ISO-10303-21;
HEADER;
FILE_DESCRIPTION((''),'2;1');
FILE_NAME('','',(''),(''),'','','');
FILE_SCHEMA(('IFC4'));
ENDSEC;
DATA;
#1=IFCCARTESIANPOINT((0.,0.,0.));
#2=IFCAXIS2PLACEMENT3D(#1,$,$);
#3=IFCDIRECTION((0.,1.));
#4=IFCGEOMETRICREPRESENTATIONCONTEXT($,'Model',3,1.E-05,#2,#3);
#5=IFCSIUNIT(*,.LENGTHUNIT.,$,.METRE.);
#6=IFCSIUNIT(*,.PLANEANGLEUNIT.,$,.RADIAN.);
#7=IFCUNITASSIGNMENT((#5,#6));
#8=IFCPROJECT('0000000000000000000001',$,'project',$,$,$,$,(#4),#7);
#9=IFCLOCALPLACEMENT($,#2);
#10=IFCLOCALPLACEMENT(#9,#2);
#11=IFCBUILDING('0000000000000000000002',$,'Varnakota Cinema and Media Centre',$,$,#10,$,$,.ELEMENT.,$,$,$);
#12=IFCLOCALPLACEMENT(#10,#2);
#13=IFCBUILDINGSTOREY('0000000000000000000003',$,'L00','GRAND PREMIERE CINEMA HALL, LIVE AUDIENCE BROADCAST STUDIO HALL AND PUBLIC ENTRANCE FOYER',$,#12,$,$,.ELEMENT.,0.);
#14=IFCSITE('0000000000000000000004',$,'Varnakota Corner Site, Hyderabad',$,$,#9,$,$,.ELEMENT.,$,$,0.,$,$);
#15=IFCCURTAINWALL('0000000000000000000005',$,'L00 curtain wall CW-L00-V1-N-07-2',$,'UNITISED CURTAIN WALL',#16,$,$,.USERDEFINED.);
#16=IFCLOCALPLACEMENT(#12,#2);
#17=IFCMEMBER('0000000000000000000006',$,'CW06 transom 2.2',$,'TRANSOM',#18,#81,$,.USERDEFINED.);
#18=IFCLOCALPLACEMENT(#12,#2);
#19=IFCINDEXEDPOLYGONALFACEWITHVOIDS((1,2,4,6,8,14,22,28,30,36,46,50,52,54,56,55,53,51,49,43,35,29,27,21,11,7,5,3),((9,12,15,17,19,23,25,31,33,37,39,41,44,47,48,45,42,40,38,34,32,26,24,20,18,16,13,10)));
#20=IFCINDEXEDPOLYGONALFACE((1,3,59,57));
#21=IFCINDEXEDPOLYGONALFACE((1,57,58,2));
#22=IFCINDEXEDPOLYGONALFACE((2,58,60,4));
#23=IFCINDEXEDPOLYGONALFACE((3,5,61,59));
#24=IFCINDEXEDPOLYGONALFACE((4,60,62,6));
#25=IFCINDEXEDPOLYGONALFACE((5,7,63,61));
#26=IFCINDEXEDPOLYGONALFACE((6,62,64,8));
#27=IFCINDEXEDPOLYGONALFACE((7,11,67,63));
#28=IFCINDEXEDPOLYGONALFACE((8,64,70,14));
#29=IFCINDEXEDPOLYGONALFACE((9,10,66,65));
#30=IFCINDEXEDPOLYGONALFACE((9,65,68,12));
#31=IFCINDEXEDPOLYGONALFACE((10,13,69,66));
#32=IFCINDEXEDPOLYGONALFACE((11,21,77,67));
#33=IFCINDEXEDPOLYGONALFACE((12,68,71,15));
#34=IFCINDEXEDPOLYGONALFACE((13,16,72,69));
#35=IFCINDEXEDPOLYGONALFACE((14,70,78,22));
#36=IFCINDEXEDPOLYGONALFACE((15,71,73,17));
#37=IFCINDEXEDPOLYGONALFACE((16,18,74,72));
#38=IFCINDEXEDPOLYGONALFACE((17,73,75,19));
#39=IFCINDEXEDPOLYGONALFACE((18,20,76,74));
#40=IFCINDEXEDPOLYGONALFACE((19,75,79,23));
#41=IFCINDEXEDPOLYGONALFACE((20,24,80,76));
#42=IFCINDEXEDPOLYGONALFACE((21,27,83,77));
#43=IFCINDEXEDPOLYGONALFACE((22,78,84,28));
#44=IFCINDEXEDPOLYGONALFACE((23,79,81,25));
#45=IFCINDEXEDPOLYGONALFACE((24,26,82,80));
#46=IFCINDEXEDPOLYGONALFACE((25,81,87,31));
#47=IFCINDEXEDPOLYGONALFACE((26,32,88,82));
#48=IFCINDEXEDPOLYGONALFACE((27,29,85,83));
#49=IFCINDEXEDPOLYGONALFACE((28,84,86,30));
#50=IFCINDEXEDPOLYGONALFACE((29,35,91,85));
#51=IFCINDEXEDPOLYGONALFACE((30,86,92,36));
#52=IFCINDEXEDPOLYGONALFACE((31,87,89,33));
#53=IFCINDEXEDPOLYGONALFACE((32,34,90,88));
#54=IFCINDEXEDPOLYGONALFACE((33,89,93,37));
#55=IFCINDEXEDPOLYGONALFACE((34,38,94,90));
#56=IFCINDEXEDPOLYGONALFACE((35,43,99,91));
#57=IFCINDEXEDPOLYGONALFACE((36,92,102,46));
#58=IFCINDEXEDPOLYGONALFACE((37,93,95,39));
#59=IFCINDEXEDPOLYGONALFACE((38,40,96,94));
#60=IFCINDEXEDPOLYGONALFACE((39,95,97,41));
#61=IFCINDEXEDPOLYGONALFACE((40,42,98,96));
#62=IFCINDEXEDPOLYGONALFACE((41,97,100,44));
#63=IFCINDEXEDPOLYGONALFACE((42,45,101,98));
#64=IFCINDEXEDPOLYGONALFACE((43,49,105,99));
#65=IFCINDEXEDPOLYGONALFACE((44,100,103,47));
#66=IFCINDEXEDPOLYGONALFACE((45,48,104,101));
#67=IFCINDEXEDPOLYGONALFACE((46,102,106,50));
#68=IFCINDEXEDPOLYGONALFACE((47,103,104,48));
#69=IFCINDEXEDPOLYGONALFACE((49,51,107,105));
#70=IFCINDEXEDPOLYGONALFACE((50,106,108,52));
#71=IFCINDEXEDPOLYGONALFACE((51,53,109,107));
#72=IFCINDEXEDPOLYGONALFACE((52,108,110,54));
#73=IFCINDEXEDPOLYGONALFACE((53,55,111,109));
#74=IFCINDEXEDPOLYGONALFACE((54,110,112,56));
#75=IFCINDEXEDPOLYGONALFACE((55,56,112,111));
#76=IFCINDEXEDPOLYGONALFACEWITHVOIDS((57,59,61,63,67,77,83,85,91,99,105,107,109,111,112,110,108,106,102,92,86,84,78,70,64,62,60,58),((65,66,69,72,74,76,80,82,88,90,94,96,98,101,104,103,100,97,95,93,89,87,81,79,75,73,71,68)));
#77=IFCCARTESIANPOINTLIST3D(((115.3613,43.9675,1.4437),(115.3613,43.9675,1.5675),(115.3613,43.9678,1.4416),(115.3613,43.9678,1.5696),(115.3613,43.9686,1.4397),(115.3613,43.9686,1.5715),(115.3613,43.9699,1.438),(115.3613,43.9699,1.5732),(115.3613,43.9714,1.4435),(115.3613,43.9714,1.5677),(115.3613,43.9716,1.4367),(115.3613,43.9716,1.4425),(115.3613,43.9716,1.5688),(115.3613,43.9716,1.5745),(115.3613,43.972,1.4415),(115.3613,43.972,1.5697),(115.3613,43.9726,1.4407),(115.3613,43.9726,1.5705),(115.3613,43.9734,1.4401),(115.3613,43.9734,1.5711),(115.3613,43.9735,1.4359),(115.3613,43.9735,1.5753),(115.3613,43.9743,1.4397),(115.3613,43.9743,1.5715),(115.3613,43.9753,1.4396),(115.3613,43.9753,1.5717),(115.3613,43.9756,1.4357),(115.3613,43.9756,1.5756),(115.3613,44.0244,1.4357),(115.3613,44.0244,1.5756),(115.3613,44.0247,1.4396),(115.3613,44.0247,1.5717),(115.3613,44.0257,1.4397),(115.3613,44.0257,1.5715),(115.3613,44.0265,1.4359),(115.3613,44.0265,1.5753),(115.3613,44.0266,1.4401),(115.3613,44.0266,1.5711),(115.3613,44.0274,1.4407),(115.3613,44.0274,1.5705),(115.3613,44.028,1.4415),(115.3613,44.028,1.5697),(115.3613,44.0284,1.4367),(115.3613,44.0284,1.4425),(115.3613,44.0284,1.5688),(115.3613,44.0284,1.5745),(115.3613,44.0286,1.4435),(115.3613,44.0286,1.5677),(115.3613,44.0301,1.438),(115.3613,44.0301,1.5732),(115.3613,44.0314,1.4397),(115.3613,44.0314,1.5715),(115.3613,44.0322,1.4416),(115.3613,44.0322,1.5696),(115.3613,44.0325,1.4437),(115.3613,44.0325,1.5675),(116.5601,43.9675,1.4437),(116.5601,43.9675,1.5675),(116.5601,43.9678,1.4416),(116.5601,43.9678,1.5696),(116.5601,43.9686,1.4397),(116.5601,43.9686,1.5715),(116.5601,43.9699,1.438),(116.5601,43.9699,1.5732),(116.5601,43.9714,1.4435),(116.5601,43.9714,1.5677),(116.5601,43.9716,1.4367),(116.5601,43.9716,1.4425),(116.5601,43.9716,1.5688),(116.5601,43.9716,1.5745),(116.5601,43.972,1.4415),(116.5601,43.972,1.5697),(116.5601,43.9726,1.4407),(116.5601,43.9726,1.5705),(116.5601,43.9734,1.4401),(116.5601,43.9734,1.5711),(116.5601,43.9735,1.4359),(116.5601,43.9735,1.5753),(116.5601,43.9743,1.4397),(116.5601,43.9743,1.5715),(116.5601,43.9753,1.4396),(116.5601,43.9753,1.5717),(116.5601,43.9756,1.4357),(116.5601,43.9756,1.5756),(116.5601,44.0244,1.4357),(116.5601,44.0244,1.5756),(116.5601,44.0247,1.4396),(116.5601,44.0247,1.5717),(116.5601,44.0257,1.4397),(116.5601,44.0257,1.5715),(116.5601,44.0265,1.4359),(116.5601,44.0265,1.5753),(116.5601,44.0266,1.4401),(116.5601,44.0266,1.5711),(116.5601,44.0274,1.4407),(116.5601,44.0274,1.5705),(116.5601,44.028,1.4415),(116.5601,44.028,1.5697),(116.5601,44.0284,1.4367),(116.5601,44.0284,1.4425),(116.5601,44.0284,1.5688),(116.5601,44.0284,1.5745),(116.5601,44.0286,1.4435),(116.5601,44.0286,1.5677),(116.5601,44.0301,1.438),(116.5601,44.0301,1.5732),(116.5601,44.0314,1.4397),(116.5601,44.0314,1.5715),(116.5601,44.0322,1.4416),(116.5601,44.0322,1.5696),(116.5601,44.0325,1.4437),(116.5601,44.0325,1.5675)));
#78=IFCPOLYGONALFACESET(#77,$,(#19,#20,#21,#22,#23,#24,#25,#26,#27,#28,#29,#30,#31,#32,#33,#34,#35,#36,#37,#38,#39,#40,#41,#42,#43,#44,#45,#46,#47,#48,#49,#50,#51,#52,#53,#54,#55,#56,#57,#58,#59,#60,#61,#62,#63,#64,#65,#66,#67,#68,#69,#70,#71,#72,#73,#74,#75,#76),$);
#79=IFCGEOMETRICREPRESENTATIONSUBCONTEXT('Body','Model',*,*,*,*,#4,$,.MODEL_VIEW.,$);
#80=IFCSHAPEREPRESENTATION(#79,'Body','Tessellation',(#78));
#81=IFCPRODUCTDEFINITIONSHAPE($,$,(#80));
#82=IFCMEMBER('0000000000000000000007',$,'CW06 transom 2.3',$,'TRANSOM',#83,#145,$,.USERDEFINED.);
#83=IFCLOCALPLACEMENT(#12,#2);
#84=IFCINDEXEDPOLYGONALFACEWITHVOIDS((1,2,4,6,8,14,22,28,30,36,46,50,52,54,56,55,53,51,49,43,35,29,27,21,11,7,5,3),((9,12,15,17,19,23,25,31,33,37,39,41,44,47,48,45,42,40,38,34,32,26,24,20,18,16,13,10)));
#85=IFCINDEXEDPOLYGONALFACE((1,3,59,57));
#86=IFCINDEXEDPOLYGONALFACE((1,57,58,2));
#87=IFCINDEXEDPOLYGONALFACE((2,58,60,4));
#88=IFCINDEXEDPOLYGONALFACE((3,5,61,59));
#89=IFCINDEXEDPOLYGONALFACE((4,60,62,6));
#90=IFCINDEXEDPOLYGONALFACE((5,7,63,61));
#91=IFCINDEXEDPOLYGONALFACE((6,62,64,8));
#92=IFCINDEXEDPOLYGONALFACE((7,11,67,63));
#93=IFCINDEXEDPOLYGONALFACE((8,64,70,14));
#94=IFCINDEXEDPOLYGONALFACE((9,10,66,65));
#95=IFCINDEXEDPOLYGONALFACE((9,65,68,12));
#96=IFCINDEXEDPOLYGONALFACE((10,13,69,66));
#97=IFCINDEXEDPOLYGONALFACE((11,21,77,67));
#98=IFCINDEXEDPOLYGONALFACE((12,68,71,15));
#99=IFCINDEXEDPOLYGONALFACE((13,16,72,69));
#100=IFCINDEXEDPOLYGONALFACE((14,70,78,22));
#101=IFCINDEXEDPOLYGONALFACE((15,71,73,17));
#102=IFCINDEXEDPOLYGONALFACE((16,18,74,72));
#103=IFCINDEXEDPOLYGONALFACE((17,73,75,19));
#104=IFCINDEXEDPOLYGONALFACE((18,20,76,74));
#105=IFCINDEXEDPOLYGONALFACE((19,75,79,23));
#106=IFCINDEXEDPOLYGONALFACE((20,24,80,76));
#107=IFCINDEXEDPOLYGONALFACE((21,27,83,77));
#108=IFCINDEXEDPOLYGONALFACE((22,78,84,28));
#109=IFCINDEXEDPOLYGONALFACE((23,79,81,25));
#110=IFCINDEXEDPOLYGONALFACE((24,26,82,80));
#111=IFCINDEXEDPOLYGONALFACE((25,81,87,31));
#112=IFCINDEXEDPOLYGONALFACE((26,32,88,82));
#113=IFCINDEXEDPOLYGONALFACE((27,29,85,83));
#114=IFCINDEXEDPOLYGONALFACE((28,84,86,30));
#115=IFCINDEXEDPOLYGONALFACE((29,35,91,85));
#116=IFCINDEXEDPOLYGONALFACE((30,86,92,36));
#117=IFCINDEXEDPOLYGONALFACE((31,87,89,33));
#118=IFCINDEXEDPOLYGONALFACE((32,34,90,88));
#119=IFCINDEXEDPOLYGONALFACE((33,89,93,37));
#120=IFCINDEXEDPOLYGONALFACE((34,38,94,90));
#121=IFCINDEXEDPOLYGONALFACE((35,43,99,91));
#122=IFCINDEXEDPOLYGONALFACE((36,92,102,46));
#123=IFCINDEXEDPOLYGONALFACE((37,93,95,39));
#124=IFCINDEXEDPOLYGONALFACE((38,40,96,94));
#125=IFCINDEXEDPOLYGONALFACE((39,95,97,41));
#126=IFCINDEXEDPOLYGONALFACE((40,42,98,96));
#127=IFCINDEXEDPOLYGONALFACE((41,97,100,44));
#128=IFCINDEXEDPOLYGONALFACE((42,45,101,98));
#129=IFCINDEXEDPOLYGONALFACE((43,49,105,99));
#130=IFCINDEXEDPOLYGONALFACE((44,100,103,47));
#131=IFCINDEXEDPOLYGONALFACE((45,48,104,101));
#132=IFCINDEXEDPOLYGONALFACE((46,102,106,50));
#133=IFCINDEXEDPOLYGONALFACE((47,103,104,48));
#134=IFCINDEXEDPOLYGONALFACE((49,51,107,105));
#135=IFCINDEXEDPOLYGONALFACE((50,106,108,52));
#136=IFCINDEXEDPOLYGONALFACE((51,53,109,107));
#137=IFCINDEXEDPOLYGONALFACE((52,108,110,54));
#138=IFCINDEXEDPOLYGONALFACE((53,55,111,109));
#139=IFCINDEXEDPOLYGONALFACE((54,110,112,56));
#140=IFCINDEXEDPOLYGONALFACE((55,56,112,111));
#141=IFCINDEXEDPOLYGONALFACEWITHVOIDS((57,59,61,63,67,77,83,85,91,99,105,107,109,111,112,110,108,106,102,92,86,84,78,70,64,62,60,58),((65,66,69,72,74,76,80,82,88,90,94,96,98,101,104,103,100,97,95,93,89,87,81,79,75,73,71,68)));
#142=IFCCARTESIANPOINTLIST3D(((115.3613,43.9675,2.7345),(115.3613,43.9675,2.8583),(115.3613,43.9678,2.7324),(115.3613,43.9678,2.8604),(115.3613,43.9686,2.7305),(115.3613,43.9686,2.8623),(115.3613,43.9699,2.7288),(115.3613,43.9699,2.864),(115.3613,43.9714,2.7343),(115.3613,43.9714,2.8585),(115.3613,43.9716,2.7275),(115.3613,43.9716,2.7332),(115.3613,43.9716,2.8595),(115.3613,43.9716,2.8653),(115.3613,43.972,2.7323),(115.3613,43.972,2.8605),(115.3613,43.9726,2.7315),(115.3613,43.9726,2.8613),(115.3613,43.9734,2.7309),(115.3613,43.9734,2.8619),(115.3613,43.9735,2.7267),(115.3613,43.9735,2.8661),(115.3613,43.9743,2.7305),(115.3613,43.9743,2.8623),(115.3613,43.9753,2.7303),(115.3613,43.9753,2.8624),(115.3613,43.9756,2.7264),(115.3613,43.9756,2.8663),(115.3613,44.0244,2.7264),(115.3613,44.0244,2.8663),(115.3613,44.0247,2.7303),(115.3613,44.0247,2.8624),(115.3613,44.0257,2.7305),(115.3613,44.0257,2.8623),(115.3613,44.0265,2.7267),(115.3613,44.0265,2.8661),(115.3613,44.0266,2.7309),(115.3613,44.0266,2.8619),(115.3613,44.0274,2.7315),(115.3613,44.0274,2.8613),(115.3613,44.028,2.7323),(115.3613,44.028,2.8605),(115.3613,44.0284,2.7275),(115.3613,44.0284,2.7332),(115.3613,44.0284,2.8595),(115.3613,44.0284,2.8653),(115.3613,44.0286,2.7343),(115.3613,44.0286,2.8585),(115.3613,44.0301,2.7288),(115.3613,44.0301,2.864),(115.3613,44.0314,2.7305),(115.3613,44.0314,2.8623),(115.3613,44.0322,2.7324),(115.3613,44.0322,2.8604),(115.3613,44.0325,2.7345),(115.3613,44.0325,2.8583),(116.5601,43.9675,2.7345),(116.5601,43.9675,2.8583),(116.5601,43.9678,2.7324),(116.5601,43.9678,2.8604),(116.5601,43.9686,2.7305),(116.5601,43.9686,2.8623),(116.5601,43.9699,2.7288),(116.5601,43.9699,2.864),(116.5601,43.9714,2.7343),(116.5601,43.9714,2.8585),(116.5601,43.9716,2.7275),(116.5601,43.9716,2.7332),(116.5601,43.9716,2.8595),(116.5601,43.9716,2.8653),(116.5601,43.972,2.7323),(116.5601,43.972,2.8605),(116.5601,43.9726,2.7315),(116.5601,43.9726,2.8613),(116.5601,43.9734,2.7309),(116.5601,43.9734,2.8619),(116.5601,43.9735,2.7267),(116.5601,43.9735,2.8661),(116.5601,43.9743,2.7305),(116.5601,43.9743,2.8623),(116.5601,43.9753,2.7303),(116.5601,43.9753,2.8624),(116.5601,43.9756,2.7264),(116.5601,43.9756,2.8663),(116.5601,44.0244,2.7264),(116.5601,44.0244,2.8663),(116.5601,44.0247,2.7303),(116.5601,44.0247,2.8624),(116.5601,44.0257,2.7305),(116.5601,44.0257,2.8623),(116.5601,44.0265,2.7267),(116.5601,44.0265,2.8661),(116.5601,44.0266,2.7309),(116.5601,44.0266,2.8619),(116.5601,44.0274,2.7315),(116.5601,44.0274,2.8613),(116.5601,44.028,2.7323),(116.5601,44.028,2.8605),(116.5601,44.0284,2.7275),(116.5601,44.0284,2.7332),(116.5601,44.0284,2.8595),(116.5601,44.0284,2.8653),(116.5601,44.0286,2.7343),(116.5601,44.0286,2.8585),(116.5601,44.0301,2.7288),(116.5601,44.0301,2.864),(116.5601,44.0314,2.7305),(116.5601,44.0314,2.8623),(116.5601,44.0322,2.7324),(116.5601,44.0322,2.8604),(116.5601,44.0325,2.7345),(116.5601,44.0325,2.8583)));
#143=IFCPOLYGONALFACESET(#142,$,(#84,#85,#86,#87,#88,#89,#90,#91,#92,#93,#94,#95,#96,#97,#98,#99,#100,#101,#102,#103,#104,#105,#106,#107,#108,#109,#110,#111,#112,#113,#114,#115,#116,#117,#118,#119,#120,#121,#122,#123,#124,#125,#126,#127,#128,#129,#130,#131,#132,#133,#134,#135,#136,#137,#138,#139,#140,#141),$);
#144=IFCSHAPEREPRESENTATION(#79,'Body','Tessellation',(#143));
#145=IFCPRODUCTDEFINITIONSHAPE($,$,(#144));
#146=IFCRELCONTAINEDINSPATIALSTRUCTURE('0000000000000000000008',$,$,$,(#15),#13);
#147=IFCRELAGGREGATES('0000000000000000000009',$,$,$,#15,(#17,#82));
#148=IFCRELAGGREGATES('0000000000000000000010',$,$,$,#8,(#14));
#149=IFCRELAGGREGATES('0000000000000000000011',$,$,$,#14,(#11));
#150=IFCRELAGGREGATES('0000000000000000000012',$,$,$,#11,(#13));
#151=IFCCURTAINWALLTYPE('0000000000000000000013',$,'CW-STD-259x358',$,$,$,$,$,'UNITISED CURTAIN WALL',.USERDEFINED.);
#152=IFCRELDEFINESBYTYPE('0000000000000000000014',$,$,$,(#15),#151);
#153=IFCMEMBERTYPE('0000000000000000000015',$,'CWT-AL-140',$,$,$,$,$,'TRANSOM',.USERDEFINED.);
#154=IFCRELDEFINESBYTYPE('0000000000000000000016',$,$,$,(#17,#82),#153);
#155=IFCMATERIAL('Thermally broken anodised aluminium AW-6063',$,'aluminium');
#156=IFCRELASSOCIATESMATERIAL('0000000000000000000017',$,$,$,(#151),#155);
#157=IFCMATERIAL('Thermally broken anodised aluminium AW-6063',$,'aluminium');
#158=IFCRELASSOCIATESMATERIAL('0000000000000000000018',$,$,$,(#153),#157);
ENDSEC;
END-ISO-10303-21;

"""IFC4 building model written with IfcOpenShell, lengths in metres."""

from ifc_helpers import new_model, si_unit, direction, frame, origin, origin_2d, place, context, subcontext, project, spatial, hollow_rectangle, extrude, material, material_profile, profile_set, type_object, element, aggregate, save


model = new_model("IFC4")

# Units and contexts
model_context = context("Model", 3, precision=1e-05, world=origin(), true_north=direction((0.0, 1.0)))
body_context = subcontext(model_context, "Body", "Model", "MODEL_VIEW")
ifc_project = project(units=[si_unit("LENGTHUNIT", "METRE"), si_unit("PLANEANGLEUNIT", "RADIAN")], contexts=[model_context])

# Site, building, storey
site_placement = place(None, origin())
site = spatial("IfcSite", under=ifc_project, at=site_placement, Name="Varnakota Corner Site, Hyderabad", CompositionType="ELEMENT", RefElevation=0.0)
building_placement = place(site_placement, origin())
building = spatial("IfcBuilding", under=site, at=building_placement, Name="Varnakota Cinema and Media Centre", CompositionType="ELEMENT")
storey_placement = place(building_placement, origin())
storey = spatial("IfcBuildingStorey", under=building, at=storey_placement, Name="L00", Description="GRAND PREMIERE CINEMA HALL, LIVE AUDIENCE BROADCAST STUDIO HALL AND PUBLIC ENTRANCE FOYER", CompositionType="ELEMENT", Elevation=0.0)

# Curtain wall
ifc_material_1 = material(Name="Thermally broken anodised aluminium AW-6063", Category="aluminium")
curtain_wall_type = type_object("IfcCurtainWallType", Name="CW-STD-259x358", ElementType="UNITISED CURTAIN WALL", PredefinedType="USERDEFINED", material=ifc_material_1)
curtain_wall_1_placement = place(storey_placement, origin())
curtain_wall_1 = element("IfcCurtainWall", 1, at=curtain_wall_1_placement, inside=storey, type_object=curtain_wall_type, Name="L00 curtain wall CW-L00-V1-N-07-2", ObjectType="UNITISED CURTAIN WALL", PredefinedType="USERDEFINED")

# Members
ifc_material_2 = material(Name="Thermally broken anodised aluminium AW-6063", Category="aluminium")
ifc_material_profile_1 = material_profile(ifc_material_2, hollow_rectangle(XDim=0.0649, YDim=0.1399, WallThickness=0.0039, InnerFilletRadius=0.0039, OuterFilletRadius=0.0081, at=origin_2d()), Name="AL-TRANSOM 140x65x4")
ifc_profile_set_1 = profile_set([ifc_material_profile_1], Name="Thermally broken anodised aluminium AW-6063")
member_type_1 = type_object("IfcMemberType", Name="CWT-AL-140", ElementType="TRANSOM", PredefinedType="USERDEFINED", material=ifc_profile_set_1)
member_1_placement = place(storey_placement, frame((115.3613, 44.0, 1.5056), z_axis=(1.0, 0.0, 0.0), x_axis=(0.0, 1.0, 0.0)))
member_1 = element("IfcMember", 2, at=member_1_placement, type_object=member_type_1, Name="CW06 transom 2.2", ObjectType="TRANSOM", PredefinedType="USERDEFINED", context=body_context, shape_type="SweptSolid", body=[
    extrude(hollow_rectangle(XDim=0.0649, YDim=0.1399, WallThickness=0.0039, InnerFilletRadius=0.0039, OuterFilletRadius=0.0081, at=origin_2d()), origin(), (0.0, 0.0, 1.0), 1.1987),
])
member_2_placement = place(storey_placement, frame((115.3613, 44.0, 2.7964), z_axis=(1.0, 0.0, 0.0), x_axis=(0.0, 1.0, 0.0)))
member_2 = element("IfcMember", 3, at=member_2_placement, type_object=member_type_1, Name="CW06 transom 2.3", ObjectType="TRANSOM", PredefinedType="USERDEFINED", context=body_context, shape_type="SweptSolid", body=[
    extrude(hollow_rectangle(XDim=0.0649, YDim=0.1399, WallThickness=0.0039, InnerFilletRadius=0.0039, OuterFilletRadius=0.0081, at=origin_2d()), origin(), (0.0, 0.0, 1.0), 1.1987),
])

aggregate(curtain_wall_1, [member_1, member_2])

save(model, "model.ifc")
